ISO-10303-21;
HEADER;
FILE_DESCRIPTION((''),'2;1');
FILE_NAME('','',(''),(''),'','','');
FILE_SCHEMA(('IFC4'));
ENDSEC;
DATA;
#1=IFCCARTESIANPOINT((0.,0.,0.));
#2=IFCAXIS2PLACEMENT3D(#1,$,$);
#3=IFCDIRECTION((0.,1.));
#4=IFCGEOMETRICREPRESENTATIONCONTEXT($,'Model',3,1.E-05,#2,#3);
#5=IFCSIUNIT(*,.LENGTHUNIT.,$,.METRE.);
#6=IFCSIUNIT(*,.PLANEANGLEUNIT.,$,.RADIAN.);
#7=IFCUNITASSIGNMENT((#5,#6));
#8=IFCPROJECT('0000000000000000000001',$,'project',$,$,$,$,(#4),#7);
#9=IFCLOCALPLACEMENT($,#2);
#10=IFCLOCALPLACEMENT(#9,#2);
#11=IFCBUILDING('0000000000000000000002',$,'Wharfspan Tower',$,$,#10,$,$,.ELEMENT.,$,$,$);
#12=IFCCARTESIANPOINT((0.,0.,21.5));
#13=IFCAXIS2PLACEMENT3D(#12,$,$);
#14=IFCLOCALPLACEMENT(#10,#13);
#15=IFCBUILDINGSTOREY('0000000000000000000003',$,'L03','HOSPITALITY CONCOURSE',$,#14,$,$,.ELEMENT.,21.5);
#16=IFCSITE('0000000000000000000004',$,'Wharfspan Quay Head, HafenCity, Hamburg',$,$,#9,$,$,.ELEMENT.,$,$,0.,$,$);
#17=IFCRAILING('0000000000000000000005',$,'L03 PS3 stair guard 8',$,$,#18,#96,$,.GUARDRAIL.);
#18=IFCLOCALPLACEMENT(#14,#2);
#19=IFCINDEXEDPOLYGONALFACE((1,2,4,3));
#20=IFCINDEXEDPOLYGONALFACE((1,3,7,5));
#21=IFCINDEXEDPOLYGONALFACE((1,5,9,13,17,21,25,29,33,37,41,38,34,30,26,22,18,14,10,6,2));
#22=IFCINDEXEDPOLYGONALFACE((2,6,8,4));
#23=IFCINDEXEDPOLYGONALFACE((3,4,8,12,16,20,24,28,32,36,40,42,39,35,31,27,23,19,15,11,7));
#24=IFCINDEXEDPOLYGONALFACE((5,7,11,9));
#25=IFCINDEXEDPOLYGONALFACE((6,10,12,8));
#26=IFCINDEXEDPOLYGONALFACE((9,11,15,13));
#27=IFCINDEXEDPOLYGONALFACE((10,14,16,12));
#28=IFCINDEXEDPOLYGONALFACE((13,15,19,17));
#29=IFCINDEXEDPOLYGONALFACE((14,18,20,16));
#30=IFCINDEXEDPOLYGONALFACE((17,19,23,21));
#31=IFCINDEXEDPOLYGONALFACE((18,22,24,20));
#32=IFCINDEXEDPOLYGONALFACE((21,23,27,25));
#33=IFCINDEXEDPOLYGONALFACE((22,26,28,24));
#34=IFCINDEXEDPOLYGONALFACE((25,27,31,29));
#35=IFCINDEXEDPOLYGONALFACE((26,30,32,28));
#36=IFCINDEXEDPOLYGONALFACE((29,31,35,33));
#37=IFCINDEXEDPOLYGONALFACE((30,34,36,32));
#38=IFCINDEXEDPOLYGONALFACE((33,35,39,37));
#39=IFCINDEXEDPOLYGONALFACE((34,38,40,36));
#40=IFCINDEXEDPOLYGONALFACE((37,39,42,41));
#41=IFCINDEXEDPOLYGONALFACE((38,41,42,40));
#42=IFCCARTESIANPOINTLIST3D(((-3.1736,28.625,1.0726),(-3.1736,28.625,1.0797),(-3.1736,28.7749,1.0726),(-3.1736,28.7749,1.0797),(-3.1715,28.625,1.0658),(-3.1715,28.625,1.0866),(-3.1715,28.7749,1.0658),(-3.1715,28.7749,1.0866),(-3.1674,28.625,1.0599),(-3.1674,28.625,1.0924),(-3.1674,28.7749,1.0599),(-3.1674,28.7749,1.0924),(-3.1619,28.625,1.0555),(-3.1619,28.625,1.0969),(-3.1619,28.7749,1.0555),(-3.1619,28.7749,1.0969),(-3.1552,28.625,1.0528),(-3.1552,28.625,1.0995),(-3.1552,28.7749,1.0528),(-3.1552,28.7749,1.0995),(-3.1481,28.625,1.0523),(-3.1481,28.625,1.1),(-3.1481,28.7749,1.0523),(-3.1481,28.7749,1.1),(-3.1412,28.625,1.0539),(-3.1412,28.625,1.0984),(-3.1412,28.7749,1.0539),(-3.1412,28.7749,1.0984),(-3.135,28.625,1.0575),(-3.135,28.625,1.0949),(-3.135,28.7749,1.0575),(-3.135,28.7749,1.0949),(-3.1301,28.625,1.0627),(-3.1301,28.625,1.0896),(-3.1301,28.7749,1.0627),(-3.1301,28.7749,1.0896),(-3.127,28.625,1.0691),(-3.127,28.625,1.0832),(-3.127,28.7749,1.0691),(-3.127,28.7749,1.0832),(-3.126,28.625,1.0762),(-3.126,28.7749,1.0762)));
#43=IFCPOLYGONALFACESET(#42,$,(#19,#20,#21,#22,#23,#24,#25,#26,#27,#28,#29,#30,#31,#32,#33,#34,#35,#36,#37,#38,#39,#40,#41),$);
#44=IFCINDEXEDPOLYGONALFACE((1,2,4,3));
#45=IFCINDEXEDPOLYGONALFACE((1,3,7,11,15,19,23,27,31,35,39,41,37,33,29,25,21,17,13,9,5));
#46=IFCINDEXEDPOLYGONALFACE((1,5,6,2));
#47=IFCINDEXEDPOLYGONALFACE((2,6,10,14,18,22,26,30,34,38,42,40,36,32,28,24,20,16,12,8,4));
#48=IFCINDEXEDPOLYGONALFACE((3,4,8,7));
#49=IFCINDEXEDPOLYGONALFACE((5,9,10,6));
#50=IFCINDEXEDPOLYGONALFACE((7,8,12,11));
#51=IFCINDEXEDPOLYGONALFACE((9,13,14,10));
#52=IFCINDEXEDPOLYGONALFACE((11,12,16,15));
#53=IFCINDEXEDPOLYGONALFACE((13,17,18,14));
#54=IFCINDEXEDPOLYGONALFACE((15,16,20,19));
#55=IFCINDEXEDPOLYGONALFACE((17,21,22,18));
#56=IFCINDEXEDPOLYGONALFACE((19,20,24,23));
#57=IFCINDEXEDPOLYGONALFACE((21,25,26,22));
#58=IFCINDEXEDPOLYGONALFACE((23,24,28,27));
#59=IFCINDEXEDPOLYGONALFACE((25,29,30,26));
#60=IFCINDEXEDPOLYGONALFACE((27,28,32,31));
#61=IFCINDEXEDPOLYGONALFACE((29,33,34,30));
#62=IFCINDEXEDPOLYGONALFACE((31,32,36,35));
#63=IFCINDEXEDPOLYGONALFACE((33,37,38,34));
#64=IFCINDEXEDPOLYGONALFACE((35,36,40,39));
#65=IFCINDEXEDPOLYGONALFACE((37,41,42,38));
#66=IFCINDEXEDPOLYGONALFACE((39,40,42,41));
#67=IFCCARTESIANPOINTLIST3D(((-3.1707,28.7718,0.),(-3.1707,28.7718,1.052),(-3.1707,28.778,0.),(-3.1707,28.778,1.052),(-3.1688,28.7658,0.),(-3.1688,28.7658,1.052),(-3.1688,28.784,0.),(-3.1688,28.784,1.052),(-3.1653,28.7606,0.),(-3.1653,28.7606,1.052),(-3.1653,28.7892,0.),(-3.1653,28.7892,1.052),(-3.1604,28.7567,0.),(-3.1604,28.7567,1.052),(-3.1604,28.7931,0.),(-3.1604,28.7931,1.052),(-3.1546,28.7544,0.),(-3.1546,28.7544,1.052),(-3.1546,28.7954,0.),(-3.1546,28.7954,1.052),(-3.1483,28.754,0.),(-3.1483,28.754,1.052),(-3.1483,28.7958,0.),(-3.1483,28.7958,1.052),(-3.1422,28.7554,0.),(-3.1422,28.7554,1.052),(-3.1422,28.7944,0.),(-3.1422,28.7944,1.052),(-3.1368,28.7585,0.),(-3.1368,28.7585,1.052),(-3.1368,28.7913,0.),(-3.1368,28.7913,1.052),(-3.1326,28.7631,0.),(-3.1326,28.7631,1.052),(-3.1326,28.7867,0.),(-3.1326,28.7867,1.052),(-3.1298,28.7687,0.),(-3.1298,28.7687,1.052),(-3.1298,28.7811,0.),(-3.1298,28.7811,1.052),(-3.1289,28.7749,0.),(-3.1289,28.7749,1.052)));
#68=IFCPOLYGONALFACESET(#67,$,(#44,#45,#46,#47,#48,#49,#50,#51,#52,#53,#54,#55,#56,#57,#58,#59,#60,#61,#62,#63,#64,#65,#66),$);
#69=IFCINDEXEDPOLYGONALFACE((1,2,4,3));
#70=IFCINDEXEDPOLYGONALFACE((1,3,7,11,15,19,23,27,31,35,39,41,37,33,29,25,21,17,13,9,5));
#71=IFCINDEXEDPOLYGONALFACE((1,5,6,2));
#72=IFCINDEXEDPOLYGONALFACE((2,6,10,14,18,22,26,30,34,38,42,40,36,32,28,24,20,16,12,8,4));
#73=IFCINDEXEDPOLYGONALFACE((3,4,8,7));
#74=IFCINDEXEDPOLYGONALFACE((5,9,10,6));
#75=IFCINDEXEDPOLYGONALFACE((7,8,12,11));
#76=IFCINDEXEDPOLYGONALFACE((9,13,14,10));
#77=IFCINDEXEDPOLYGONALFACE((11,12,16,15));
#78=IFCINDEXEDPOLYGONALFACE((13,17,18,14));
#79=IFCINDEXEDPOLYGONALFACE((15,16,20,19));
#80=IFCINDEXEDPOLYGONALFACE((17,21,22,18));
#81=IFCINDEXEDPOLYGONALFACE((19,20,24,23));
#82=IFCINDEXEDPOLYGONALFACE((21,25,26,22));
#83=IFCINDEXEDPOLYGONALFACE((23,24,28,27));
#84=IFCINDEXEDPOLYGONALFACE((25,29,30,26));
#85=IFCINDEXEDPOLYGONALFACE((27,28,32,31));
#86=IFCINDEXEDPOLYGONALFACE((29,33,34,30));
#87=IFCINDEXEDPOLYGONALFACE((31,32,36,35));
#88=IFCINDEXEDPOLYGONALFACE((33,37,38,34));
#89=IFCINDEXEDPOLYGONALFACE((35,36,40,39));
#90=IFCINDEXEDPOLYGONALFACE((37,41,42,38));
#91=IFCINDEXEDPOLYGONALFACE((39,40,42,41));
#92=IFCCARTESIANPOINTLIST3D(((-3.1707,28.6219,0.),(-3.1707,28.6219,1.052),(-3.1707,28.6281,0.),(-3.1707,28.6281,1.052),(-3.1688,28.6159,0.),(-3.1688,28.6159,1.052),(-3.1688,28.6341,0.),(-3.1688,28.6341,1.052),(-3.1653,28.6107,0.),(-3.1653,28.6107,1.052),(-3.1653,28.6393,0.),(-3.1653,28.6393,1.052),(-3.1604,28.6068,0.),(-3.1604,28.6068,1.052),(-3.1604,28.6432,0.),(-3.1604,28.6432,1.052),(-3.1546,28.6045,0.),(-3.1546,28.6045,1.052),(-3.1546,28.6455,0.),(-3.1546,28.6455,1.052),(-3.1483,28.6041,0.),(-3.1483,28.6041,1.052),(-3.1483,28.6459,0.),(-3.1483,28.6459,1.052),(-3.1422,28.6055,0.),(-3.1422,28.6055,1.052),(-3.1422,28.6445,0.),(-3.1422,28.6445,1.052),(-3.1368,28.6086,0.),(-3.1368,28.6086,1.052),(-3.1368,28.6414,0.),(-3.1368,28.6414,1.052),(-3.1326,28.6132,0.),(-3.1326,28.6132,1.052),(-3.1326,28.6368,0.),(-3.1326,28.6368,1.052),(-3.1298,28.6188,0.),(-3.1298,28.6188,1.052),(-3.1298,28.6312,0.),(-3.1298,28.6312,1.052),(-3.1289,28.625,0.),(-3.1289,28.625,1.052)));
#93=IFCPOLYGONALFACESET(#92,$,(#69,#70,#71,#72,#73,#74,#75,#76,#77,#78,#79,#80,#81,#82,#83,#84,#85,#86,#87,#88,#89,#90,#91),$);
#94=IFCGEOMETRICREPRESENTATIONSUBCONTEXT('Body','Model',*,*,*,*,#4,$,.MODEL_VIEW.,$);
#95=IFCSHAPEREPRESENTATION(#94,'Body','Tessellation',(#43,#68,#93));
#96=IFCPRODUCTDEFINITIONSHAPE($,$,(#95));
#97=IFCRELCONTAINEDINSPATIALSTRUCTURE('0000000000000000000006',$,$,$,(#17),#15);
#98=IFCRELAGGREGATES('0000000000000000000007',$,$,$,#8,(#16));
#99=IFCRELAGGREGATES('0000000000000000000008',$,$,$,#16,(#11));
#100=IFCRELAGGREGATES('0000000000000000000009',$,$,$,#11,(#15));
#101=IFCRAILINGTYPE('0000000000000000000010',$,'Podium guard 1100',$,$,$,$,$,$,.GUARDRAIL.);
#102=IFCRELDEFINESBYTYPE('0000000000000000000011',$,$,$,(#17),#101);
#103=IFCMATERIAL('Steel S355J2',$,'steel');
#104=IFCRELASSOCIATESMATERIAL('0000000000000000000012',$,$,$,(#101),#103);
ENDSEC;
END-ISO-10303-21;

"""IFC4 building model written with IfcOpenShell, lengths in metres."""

from ifc_helpers import new_model, si_unit, direction, frame, origin, origin_2d, place, context, subcontext, project, spatial, circle, extrude, material, type_object, element, save


model = new_model("IFC4")

# Units and contexts
model_context = context("Model", 3, precision=1e-05, world=origin(), true_north=direction((0.0, 1.0)))
body_context = subcontext(model_context, "Body", "Model", "MODEL_VIEW")
ifc_project = project(units=[si_unit("LENGTHUNIT", "METRE"), si_unit("PLANEANGLEUNIT", "RADIAN")], contexts=[model_context])

# Site, building, storey
site_placement = place(None, origin())
site = spatial("IfcSite", under=ifc_project, at=site_placement, Name="Wharfspan Quay Head, HafenCity, Hamburg", CompositionType="ELEMENT", RefElevation=0.0)
building_placement = place(site_placement, origin())
building = spatial("IfcBuilding", under=site, at=building_placement, Name="Wharfspan Tower", CompositionType="ELEMENT")
storey_placement = place(building_placement, frame((0.0, 0.0, 21.5)))
storey = spatial("IfcBuildingStorey", under=building, at=storey_placement, Name="L03", Description="HOSPITALITY CONCOURSE", CompositionType="ELEMENT", Elevation=21.5)

# Railing
ifc_material_1 = material(Name="Steel S355J2", Category="steel")
railing_type = type_object("IfcRailingType", Name="Podium guard 1100", PredefinedType="GUARDRAIL", material=ifc_material_1)
for number, where, name in (
    (1, (-3.1499, 28.7749, 0.0), "L03 PS3 stair guard 8"),
):
    element("IfcRailing", number, at=place(storey_placement, frame(where)), inside=storey, type_object=railing_type, Name=name, PredefinedType="GUARDRAIL", context=body_context, shape_type="SweptSolid", body=[
        extrude(circle(Radius=0.0239, at=origin_2d()), frame((0.0, 0.0, 1.0762), z_axis=(0.0, -1.0, 0.0), x_axis=(1.0, 0.0, 0.0)), (0.0, 0.0, 1.0), 0.1499),
        extrude(circle(Radius=0.021, at=origin_2d()), origin(), (0.0, 0.0, 1.0), 1.052),
        extrude(circle(Radius=0.021, at=origin_2d()), frame((0.0, -0.1499, 0.0)), (0.0, 0.0, 1.0), 1.052),
    ])

save(model, "model.ifc")
